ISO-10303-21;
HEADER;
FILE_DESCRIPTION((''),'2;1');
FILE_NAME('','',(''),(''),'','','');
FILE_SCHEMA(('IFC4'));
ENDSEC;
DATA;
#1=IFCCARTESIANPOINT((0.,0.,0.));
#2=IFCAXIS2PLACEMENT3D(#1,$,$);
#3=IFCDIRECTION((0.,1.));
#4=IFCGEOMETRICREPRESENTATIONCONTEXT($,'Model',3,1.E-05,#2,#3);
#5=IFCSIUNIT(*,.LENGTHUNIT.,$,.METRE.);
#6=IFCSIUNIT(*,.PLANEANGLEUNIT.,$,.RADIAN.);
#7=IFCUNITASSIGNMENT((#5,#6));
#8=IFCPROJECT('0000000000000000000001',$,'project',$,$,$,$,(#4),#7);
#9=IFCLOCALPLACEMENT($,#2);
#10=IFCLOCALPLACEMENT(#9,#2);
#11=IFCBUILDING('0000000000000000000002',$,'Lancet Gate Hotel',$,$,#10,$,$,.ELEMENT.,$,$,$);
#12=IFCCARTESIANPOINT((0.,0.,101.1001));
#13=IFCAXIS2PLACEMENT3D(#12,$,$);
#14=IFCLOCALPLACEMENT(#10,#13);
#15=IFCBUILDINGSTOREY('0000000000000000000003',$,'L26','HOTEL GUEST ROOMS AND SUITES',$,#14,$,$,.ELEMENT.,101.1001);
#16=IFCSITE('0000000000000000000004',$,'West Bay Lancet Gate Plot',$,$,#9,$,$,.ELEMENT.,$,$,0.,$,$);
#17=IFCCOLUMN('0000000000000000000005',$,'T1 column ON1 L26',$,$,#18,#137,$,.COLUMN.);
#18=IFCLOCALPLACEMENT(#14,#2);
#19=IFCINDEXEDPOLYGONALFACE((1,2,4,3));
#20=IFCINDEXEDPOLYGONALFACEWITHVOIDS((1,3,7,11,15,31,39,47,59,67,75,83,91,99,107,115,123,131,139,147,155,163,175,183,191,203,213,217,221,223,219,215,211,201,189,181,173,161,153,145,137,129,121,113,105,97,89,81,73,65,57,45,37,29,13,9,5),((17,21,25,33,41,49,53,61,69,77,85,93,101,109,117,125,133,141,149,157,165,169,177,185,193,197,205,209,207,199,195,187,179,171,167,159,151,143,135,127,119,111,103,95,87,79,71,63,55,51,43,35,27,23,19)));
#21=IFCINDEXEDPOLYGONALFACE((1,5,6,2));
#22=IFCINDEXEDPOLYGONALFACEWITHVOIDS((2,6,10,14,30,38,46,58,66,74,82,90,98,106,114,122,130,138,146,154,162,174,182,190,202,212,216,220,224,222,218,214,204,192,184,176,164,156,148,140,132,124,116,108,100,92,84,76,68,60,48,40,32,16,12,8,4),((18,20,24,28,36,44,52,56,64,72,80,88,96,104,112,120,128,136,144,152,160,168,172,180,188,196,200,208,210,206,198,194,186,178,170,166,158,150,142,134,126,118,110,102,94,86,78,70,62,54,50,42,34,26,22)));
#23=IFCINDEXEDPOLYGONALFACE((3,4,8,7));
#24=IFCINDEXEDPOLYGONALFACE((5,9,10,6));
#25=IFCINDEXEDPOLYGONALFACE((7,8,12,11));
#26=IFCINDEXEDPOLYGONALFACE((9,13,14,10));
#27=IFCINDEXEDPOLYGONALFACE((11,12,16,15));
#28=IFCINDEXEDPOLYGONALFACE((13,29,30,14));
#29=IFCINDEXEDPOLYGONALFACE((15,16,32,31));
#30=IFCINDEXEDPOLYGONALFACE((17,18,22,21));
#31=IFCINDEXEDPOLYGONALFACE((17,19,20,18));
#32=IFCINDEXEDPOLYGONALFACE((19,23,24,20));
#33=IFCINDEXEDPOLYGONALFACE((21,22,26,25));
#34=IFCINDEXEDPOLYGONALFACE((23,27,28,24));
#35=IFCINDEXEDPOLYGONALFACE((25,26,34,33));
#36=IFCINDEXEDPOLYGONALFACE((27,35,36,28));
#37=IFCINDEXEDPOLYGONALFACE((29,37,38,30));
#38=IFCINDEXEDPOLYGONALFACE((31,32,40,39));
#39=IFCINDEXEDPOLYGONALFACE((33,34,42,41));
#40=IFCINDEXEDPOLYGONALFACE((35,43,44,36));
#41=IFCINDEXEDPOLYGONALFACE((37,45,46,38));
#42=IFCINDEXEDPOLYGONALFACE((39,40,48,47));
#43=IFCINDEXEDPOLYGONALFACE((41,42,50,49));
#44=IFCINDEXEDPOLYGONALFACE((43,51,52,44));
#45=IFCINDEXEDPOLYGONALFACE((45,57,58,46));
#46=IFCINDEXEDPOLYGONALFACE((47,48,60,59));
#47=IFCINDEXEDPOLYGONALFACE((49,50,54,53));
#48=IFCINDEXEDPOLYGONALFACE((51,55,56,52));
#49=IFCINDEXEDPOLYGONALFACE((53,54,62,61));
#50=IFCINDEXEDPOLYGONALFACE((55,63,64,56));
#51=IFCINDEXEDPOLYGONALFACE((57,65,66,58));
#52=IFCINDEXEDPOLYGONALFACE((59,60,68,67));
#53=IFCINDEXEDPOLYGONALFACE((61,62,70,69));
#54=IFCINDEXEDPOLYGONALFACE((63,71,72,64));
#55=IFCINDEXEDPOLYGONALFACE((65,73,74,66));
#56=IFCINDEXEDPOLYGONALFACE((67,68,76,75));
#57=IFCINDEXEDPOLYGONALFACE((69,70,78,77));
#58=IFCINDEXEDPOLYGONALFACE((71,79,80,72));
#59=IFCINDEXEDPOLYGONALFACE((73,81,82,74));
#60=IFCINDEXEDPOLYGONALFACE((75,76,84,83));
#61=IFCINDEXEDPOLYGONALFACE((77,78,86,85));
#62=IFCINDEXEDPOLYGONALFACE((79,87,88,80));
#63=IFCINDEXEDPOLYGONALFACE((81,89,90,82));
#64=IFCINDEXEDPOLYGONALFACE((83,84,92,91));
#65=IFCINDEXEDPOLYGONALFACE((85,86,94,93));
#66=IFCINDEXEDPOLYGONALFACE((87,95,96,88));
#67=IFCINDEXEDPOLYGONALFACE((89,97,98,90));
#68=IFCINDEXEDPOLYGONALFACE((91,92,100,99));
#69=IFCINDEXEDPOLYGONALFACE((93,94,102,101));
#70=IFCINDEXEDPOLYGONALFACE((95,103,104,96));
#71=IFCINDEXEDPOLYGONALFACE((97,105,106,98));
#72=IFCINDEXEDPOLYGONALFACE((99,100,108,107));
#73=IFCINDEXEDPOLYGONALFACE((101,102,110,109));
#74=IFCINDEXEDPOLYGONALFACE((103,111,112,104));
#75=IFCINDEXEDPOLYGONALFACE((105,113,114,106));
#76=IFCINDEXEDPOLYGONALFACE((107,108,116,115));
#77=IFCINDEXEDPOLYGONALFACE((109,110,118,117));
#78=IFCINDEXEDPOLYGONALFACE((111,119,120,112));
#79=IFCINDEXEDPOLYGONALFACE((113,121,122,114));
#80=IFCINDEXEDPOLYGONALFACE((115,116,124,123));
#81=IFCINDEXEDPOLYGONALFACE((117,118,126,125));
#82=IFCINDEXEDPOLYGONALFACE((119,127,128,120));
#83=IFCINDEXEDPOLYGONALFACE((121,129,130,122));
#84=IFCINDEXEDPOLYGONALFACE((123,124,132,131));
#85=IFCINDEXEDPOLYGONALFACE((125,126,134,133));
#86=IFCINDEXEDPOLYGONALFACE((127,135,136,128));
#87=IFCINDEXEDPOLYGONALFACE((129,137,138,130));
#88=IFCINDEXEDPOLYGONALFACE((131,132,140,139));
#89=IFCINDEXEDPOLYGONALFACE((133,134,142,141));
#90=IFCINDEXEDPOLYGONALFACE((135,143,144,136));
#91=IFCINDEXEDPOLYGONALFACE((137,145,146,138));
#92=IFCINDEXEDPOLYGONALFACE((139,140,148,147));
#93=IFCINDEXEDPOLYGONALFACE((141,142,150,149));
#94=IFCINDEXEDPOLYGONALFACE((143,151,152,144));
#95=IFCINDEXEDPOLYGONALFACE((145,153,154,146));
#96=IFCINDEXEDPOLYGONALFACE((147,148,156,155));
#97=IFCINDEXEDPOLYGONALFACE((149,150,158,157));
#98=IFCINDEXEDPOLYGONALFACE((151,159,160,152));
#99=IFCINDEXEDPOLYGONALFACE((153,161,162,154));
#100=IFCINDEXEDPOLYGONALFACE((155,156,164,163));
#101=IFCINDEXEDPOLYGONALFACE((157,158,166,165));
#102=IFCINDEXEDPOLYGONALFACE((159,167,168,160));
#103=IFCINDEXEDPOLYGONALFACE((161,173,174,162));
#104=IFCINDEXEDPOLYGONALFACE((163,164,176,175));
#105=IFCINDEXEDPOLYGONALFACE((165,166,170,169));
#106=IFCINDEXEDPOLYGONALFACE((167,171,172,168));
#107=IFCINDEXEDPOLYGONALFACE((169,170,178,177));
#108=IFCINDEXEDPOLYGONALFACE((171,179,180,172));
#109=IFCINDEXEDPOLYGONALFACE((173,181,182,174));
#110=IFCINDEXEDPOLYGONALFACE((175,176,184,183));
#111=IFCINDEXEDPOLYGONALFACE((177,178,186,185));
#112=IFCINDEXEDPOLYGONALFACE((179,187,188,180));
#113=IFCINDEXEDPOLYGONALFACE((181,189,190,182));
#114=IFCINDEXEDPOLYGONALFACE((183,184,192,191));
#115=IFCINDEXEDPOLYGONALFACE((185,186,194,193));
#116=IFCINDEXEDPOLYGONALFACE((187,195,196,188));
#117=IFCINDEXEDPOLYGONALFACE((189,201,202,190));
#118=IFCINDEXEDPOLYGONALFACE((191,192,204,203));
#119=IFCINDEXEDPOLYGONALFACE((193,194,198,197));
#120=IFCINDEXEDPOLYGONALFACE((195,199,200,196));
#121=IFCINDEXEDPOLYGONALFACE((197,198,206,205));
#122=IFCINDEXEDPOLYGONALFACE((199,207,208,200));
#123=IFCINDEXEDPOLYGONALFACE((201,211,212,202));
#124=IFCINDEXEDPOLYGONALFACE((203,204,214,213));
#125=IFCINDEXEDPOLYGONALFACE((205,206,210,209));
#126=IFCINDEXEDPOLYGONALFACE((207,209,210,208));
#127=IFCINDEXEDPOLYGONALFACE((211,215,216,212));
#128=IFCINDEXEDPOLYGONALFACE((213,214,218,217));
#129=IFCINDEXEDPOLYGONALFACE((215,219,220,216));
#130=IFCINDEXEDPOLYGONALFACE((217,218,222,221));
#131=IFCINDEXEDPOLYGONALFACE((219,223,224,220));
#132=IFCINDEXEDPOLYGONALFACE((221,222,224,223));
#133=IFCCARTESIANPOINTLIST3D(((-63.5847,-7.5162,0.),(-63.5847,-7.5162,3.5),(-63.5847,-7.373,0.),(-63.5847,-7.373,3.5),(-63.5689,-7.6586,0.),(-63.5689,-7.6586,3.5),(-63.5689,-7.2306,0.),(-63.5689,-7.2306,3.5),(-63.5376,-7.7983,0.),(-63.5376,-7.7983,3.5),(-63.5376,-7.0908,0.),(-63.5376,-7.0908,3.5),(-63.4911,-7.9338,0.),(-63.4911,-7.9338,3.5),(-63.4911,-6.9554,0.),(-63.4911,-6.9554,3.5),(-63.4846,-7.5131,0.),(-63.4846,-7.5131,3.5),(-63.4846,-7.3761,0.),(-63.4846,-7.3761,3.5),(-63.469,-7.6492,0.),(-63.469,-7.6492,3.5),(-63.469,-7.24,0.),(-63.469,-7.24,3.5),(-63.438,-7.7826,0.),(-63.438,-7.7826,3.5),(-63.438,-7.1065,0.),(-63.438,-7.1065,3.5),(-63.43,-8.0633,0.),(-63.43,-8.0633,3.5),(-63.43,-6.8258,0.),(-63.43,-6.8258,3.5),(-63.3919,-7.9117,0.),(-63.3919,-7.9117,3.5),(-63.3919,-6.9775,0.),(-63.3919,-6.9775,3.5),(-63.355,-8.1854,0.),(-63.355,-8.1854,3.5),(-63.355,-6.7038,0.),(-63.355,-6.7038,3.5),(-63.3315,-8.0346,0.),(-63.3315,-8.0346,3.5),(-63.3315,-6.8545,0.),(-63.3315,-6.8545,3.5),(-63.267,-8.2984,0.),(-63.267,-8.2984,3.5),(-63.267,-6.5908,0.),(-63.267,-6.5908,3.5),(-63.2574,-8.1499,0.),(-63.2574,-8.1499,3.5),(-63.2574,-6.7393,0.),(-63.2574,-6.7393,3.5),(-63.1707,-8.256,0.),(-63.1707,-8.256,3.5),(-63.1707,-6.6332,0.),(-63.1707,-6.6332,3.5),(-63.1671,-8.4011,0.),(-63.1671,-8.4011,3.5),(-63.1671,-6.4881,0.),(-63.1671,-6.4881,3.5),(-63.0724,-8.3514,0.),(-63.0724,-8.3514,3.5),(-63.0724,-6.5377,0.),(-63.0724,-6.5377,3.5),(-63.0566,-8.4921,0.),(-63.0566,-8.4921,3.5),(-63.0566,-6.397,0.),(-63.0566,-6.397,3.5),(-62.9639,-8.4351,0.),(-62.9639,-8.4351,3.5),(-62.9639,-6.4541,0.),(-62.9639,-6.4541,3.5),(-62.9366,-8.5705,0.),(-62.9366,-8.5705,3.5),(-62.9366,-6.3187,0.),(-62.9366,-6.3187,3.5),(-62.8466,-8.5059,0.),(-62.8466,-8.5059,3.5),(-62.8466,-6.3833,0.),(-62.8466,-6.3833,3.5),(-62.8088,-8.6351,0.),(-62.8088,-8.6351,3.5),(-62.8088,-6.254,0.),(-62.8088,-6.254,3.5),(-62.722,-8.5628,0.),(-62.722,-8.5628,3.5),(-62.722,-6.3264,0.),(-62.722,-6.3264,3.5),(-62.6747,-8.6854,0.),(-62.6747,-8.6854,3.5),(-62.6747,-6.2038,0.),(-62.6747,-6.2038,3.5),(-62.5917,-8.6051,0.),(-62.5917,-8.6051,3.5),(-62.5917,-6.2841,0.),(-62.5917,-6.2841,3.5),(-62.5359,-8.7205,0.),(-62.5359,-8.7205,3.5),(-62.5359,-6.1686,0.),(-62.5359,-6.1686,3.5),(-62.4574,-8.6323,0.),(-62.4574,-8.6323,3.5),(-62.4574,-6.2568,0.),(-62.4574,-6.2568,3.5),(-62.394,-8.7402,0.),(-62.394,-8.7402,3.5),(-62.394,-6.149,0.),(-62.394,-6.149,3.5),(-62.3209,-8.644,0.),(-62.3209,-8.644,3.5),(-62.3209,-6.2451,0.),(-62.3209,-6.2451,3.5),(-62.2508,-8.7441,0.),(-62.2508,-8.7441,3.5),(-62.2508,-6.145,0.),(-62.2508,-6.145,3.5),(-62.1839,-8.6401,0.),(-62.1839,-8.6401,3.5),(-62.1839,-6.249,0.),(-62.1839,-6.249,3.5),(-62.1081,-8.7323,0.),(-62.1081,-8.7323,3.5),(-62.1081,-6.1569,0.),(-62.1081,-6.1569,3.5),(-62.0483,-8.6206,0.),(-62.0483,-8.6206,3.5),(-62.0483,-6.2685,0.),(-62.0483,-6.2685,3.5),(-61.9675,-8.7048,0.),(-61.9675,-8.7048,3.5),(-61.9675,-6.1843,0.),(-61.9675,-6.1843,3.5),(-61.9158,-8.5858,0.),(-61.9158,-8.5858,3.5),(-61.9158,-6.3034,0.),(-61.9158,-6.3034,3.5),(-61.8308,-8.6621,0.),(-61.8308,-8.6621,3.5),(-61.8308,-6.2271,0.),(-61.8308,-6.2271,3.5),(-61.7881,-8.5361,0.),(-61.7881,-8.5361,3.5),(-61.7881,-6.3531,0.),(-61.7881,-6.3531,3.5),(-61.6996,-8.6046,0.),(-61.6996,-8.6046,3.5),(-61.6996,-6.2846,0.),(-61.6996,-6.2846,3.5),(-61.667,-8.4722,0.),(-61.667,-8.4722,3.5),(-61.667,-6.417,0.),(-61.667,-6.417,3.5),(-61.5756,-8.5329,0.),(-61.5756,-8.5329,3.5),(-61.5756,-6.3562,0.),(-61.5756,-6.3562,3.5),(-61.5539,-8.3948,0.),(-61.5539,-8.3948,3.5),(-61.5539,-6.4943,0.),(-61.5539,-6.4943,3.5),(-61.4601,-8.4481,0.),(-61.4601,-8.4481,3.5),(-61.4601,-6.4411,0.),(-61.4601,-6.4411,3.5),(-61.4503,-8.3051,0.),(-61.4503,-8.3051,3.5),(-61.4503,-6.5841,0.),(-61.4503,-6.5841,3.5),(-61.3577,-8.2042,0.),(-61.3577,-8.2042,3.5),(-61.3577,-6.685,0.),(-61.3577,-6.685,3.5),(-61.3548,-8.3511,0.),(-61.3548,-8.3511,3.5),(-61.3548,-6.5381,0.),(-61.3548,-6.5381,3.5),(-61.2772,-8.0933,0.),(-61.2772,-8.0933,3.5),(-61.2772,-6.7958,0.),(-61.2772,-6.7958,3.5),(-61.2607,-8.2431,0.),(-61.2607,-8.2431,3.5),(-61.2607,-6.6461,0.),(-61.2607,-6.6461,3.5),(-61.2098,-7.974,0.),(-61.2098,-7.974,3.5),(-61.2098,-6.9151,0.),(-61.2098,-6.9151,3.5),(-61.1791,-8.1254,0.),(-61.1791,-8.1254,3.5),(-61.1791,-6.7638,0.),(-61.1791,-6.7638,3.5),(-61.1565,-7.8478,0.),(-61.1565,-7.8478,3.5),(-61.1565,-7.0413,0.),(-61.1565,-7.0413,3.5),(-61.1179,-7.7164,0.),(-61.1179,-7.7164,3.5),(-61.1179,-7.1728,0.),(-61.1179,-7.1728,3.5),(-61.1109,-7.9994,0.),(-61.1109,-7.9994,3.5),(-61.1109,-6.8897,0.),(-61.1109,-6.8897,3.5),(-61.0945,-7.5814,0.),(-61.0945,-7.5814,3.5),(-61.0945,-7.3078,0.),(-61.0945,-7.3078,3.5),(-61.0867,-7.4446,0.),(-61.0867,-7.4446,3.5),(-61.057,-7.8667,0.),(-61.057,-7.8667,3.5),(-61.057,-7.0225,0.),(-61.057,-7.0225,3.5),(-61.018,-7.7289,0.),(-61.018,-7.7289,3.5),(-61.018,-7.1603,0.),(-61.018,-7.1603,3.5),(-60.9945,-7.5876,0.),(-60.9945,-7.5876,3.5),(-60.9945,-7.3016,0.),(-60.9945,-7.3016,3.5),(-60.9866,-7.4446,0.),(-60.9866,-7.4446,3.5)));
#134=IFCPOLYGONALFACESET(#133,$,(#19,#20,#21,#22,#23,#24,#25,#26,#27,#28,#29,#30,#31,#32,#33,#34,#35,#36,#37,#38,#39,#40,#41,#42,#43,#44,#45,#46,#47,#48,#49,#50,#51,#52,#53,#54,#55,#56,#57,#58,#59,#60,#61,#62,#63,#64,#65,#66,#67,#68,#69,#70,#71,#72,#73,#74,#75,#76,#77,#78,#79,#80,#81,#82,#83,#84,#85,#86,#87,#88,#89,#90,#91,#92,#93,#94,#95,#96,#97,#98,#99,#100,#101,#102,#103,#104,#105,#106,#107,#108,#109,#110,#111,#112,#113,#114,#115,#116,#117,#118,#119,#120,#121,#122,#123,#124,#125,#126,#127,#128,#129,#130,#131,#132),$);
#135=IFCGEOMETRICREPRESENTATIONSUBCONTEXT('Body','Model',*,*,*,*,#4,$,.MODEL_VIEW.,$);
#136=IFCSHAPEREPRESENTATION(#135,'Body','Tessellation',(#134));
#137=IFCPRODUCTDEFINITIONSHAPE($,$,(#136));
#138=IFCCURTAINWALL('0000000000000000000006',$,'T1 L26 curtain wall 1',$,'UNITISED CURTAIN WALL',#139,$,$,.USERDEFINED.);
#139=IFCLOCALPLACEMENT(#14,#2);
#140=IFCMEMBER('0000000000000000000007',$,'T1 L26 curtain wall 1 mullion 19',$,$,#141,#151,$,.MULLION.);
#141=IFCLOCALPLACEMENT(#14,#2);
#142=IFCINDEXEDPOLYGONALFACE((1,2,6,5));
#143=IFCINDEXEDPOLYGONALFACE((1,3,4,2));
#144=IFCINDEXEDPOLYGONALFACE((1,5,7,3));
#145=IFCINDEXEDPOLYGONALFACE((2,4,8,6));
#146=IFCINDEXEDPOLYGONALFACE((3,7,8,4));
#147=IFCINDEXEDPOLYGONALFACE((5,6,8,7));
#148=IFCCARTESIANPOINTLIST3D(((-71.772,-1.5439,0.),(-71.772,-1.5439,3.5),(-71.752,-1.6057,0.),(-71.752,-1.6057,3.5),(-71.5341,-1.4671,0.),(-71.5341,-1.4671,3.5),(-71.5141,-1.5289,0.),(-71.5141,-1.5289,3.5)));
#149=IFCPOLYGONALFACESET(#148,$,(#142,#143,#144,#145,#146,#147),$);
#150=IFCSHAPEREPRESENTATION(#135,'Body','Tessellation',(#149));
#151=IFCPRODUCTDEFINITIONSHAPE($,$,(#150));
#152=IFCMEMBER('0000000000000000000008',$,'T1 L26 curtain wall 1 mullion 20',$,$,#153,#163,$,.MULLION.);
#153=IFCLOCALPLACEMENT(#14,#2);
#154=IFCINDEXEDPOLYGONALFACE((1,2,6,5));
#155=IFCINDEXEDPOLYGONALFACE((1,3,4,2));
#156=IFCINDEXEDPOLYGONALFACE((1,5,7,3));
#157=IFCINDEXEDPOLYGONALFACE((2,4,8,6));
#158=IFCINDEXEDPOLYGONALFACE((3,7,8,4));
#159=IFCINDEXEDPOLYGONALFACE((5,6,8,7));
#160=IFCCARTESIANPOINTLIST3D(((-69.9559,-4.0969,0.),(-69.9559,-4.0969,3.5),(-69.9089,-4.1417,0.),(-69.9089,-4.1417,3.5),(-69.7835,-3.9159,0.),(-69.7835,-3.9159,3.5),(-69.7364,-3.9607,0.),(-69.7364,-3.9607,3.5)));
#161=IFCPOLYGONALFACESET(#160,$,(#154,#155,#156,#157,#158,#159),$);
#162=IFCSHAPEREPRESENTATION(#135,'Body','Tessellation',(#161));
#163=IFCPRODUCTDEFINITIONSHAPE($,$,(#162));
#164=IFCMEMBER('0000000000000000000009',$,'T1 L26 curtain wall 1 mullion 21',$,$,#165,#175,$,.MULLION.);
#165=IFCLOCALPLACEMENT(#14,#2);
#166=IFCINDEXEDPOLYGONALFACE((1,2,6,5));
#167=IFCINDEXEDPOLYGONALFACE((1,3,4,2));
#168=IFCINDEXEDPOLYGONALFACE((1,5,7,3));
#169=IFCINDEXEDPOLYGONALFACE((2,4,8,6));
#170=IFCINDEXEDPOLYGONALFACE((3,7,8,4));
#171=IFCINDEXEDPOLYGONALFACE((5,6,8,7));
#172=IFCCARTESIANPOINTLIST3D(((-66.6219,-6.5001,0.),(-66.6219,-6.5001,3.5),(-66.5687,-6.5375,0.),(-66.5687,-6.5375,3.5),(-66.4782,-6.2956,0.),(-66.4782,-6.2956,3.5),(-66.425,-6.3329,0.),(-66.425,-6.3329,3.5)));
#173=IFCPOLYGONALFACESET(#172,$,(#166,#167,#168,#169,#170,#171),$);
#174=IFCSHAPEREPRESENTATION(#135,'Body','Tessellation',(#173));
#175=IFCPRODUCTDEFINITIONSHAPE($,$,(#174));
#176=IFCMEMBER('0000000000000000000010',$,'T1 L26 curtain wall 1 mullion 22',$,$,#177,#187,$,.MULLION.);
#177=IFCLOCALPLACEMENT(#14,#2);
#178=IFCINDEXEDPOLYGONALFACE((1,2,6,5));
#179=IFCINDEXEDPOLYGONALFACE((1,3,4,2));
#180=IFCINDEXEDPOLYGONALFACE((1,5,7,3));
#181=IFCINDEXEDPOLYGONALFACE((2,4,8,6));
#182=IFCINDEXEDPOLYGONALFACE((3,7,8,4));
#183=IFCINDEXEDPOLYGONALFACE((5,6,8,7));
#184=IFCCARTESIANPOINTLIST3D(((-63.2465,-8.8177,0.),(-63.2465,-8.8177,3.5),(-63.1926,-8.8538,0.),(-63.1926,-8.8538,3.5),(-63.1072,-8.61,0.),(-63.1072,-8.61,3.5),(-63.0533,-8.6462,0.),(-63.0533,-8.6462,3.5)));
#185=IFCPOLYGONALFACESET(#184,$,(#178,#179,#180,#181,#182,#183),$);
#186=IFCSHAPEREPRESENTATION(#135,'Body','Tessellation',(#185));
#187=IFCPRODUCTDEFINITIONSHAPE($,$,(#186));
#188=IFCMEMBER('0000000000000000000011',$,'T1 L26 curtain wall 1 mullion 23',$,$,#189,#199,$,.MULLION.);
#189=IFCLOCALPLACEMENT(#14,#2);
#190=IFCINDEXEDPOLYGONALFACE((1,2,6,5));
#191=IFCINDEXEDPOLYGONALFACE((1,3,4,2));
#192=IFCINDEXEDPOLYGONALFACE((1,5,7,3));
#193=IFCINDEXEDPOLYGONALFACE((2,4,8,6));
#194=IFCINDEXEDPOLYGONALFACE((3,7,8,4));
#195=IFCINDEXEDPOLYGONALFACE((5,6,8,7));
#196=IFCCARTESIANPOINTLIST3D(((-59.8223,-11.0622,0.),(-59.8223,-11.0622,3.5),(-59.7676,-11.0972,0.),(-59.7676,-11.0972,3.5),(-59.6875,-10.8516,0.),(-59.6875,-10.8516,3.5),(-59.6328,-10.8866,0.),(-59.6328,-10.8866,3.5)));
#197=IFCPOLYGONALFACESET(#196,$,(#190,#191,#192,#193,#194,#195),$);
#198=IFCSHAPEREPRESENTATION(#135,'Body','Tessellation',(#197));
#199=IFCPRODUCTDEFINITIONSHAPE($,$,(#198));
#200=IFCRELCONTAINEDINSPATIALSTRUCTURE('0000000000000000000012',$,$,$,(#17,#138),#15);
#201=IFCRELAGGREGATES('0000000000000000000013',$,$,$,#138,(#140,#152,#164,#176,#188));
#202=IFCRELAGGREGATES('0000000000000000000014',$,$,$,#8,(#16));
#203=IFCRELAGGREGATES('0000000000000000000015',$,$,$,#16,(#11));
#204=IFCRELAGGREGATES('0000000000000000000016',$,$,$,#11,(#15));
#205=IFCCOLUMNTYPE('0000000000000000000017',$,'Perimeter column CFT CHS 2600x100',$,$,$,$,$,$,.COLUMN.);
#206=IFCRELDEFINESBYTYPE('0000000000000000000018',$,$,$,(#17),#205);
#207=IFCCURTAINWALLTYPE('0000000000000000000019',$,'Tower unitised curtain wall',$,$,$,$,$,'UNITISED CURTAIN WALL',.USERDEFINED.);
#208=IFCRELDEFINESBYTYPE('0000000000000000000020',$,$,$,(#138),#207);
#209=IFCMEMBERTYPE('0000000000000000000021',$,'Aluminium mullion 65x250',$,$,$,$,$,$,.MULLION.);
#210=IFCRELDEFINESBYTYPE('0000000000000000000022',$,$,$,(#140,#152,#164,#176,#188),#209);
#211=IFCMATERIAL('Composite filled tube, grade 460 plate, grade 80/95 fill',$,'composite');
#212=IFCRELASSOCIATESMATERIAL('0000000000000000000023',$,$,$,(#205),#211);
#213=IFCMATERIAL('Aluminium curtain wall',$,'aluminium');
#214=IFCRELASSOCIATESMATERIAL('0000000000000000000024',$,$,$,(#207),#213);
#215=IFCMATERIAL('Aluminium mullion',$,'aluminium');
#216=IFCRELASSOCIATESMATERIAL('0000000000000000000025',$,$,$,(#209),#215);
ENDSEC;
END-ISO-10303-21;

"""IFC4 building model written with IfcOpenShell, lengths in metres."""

from ifc_helpers import new_model, si_unit, direction, frame, origin, origin_2d, place, context, subcontext, project, spatial, rectangle, hollow_circle, extrude, material, material_profile, profile_set, type_object, element, aggregate, save


model = new_model("IFC4")

# Units and contexts
model_context = context("Model", 3, precision=1e-05, world=origin(), true_north=direction((0.0, 1.0)))
body_context = subcontext(model_context, "Body", "Model", "MODEL_VIEW")
ifc_project = project(units=[si_unit("LENGTHUNIT", "METRE"), si_unit("PLANEANGLEUNIT", "RADIAN")], contexts=[model_context])

# Site, building, storey
site_placement = place(None, origin())
site = spatial("IfcSite", under=ifc_project, at=site_placement, Name="West Bay Lancet Gate Plot", CompositionType="ELEMENT", RefElevation=0.0)
building_placement = place(site_placement, origin())
building = spatial("IfcBuilding", under=site, at=building_placement, Name="Lancet Gate Hotel", CompositionType="ELEMENT")
storey_placement = place(building_placement, frame((0.0, 0.0, 101.1001)))
storey = spatial("IfcBuildingStorey", under=building, at=storey_placement, Name="L26", Description="HOTEL GUEST ROOMS AND SUITES", CompositionType="ELEMENT", Elevation=101.1001)

# Column
ifc_material_1 = material(Name="Composite filled tube, grade 460 plate, grade 80/95 fill", Category="composite")
ifc_material_profile_1 = material_profile(ifc_material_1, hollow_circle(Radius=1.3, WallThickness=0.1001, at=origin_2d()), Name="CHS 2600x100")
ifc_profile_set_1 = profile_set([ifc_material_profile_1], Name="Composite filled tube, grade 460 plate, grade 80/95 fill")
column_type_1 = type_object("IfcColumnType", Name="Perimeter column CFT CHS 2600x100", PredefinedType="COLUMN", material=ifc_profile_set_1)
column_1_placement = place(storey_placement, frame((-62.2866, -7.4446, 0.0), z_axis=(0.0, 0.0, 1.0), x_axis=(1.0, 0.0, 0.0)))
element("IfcColumn", 1, at=column_1_placement, inside=storey, type_object=column_type_1, Name="T1 column ON1 L26", PredefinedType="COLUMN", context=body_context, shape_type="SweptSolid", body=[
    extrude(hollow_circle(Radius=1.3, WallThickness=0.1001, at=origin_2d()), origin(), (0.0, 0.0, 1.0), 3.5),
])

# Curtain wall, members
ifc_material_2 = material(Name="Aluminium curtain wall", Category="aluminium")
curtain_wall_type = type_object("IfcCurtainWallType", Name="Tower unitised curtain wall", ElementType="UNITISED CURTAIN WALL", PredefinedType="USERDEFINED", material=ifc_material_2)
curtain_wall_placement = place(storey_placement, origin())
curtain_wall = element("IfcCurtainWall", 2, at=curtain_wall_placement, inside=storey, type_object=curtain_wall_type, Name="T1 L26 curtain wall 1", ObjectType="UNITISED CURTAIN WALL", PredefinedType="USERDEFINED")
ifc_material_3 = material(Name="Aluminium mullion", Category="aluminium")
ifc_material_profile_2 = material_profile(ifc_material_3, rectangle(XDim=0.0649, YDim=0.25, at=origin_2d()), Name="MULLION 65x250")
ifc_profile_set_2 = profile_set([ifc_material_profile_2], Name="Aluminium mullion")
member_type_1 = type_object("IfcMemberType", Name="Aluminium mullion 65x250", PredefinedType="MULLION", material=ifc_profile_set_2)
member_1_placement = place(storey_placement, frame((-71.6431, -1.5364, 0.0), z_axis=(0.0, 0.0, 1.0), x_axis=(0.307269, -0.951623, 0.0)))
member_1 = element("IfcMember", 3, at=member_1_placement, type_object=member_type_1, Name="T1 L26 curtain wall 1 mullion 19", PredefinedType="MULLION", context=body_context, shape_type="SweptSolid", body=[
    extrude(rectangle(XDim=0.0649, YDim=0.25, at=origin_2d()), origin(), (0.0, 0.0, 1.0), 3.5),
])
member_2_placement = place(storey_placement, frame((-69.8462, -4.0288, 0.0), z_axis=(0.0, 0.0, 1.0), x_axis=(0.723846, -0.689961, 0.0)))
member_2 = element("IfcMember", 4, at=member_2_placement, type_object=member_type_1, Name="T1 L26 curtain wall 1 mullion 20", PredefinedType="MULLION", context=body_context, shape_type="SweptSolid", body=[
    extrude(rectangle(XDim=0.0649, YDim=0.25, at=origin_2d()), origin(), (0.0, 0.0, 1.0), 3.5),
])
member_3_placement = place(storey_placement, frame((-66.5234, -6.4165, 0.0), z_axis=(0.0, 0.0, 1.0), x_axis=(0.818327, -0.574753, 0.0)))
member_3 = element("IfcMember", 5, at=member_3_placement, type_object=member_type_1, Name="T1 L26 curtain wall 1 mullion 21", PredefinedType="MULLION", context=body_context, shape_type="SweptSolid", body=[
    extrude(rectangle(XDim=0.0649, YDim=0.25, at=origin_2d()), origin(), (0.0, 0.0, 1.0), 3.5),
])
member_4_placement = place(storey_placement, frame((-63.1499, -8.7319, 0.0), z_axis=(0.0, 0.0, 1.0), x_axis=(0.83051, -0.557004, 0.0)))
member_4 = element("IfcMember", 6, at=member_4_placement, type_object=member_type_1, Name="T1 L26 curtain wall 1 mullion 22", PredefinedType="MULLION", context=body_context, shape_type="SweptSolid", body=[
    extrude(rectangle(XDim=0.0649, YDim=0.25, at=origin_2d()), origin(), (0.0, 0.0, 1.0), 3.5),
])
member_5_placement = place(storey_placement, frame((-59.7275, -10.9744, 0.0), z_axis=(0.0, 0.0, 1.0), x_axis=(0.842308, -0.538996, 0.0)))
member_5 = element("IfcMember", 7, at=member_5_placement, type_object=member_type_1, Name="T1 L26 curtain wall 1 mullion 23", PredefinedType="MULLION", context=body_context, shape_type="SweptSolid", body=[
    extrude(rectangle(XDim=0.0649, YDim=0.25, at=origin_2d()), origin(), (0.0, 0.0, 1.0), 3.5),
])

aggregate(curtain_wall, [member_1, member_2, member_3, member_4, member_5])

save(model, "model.ifc")
